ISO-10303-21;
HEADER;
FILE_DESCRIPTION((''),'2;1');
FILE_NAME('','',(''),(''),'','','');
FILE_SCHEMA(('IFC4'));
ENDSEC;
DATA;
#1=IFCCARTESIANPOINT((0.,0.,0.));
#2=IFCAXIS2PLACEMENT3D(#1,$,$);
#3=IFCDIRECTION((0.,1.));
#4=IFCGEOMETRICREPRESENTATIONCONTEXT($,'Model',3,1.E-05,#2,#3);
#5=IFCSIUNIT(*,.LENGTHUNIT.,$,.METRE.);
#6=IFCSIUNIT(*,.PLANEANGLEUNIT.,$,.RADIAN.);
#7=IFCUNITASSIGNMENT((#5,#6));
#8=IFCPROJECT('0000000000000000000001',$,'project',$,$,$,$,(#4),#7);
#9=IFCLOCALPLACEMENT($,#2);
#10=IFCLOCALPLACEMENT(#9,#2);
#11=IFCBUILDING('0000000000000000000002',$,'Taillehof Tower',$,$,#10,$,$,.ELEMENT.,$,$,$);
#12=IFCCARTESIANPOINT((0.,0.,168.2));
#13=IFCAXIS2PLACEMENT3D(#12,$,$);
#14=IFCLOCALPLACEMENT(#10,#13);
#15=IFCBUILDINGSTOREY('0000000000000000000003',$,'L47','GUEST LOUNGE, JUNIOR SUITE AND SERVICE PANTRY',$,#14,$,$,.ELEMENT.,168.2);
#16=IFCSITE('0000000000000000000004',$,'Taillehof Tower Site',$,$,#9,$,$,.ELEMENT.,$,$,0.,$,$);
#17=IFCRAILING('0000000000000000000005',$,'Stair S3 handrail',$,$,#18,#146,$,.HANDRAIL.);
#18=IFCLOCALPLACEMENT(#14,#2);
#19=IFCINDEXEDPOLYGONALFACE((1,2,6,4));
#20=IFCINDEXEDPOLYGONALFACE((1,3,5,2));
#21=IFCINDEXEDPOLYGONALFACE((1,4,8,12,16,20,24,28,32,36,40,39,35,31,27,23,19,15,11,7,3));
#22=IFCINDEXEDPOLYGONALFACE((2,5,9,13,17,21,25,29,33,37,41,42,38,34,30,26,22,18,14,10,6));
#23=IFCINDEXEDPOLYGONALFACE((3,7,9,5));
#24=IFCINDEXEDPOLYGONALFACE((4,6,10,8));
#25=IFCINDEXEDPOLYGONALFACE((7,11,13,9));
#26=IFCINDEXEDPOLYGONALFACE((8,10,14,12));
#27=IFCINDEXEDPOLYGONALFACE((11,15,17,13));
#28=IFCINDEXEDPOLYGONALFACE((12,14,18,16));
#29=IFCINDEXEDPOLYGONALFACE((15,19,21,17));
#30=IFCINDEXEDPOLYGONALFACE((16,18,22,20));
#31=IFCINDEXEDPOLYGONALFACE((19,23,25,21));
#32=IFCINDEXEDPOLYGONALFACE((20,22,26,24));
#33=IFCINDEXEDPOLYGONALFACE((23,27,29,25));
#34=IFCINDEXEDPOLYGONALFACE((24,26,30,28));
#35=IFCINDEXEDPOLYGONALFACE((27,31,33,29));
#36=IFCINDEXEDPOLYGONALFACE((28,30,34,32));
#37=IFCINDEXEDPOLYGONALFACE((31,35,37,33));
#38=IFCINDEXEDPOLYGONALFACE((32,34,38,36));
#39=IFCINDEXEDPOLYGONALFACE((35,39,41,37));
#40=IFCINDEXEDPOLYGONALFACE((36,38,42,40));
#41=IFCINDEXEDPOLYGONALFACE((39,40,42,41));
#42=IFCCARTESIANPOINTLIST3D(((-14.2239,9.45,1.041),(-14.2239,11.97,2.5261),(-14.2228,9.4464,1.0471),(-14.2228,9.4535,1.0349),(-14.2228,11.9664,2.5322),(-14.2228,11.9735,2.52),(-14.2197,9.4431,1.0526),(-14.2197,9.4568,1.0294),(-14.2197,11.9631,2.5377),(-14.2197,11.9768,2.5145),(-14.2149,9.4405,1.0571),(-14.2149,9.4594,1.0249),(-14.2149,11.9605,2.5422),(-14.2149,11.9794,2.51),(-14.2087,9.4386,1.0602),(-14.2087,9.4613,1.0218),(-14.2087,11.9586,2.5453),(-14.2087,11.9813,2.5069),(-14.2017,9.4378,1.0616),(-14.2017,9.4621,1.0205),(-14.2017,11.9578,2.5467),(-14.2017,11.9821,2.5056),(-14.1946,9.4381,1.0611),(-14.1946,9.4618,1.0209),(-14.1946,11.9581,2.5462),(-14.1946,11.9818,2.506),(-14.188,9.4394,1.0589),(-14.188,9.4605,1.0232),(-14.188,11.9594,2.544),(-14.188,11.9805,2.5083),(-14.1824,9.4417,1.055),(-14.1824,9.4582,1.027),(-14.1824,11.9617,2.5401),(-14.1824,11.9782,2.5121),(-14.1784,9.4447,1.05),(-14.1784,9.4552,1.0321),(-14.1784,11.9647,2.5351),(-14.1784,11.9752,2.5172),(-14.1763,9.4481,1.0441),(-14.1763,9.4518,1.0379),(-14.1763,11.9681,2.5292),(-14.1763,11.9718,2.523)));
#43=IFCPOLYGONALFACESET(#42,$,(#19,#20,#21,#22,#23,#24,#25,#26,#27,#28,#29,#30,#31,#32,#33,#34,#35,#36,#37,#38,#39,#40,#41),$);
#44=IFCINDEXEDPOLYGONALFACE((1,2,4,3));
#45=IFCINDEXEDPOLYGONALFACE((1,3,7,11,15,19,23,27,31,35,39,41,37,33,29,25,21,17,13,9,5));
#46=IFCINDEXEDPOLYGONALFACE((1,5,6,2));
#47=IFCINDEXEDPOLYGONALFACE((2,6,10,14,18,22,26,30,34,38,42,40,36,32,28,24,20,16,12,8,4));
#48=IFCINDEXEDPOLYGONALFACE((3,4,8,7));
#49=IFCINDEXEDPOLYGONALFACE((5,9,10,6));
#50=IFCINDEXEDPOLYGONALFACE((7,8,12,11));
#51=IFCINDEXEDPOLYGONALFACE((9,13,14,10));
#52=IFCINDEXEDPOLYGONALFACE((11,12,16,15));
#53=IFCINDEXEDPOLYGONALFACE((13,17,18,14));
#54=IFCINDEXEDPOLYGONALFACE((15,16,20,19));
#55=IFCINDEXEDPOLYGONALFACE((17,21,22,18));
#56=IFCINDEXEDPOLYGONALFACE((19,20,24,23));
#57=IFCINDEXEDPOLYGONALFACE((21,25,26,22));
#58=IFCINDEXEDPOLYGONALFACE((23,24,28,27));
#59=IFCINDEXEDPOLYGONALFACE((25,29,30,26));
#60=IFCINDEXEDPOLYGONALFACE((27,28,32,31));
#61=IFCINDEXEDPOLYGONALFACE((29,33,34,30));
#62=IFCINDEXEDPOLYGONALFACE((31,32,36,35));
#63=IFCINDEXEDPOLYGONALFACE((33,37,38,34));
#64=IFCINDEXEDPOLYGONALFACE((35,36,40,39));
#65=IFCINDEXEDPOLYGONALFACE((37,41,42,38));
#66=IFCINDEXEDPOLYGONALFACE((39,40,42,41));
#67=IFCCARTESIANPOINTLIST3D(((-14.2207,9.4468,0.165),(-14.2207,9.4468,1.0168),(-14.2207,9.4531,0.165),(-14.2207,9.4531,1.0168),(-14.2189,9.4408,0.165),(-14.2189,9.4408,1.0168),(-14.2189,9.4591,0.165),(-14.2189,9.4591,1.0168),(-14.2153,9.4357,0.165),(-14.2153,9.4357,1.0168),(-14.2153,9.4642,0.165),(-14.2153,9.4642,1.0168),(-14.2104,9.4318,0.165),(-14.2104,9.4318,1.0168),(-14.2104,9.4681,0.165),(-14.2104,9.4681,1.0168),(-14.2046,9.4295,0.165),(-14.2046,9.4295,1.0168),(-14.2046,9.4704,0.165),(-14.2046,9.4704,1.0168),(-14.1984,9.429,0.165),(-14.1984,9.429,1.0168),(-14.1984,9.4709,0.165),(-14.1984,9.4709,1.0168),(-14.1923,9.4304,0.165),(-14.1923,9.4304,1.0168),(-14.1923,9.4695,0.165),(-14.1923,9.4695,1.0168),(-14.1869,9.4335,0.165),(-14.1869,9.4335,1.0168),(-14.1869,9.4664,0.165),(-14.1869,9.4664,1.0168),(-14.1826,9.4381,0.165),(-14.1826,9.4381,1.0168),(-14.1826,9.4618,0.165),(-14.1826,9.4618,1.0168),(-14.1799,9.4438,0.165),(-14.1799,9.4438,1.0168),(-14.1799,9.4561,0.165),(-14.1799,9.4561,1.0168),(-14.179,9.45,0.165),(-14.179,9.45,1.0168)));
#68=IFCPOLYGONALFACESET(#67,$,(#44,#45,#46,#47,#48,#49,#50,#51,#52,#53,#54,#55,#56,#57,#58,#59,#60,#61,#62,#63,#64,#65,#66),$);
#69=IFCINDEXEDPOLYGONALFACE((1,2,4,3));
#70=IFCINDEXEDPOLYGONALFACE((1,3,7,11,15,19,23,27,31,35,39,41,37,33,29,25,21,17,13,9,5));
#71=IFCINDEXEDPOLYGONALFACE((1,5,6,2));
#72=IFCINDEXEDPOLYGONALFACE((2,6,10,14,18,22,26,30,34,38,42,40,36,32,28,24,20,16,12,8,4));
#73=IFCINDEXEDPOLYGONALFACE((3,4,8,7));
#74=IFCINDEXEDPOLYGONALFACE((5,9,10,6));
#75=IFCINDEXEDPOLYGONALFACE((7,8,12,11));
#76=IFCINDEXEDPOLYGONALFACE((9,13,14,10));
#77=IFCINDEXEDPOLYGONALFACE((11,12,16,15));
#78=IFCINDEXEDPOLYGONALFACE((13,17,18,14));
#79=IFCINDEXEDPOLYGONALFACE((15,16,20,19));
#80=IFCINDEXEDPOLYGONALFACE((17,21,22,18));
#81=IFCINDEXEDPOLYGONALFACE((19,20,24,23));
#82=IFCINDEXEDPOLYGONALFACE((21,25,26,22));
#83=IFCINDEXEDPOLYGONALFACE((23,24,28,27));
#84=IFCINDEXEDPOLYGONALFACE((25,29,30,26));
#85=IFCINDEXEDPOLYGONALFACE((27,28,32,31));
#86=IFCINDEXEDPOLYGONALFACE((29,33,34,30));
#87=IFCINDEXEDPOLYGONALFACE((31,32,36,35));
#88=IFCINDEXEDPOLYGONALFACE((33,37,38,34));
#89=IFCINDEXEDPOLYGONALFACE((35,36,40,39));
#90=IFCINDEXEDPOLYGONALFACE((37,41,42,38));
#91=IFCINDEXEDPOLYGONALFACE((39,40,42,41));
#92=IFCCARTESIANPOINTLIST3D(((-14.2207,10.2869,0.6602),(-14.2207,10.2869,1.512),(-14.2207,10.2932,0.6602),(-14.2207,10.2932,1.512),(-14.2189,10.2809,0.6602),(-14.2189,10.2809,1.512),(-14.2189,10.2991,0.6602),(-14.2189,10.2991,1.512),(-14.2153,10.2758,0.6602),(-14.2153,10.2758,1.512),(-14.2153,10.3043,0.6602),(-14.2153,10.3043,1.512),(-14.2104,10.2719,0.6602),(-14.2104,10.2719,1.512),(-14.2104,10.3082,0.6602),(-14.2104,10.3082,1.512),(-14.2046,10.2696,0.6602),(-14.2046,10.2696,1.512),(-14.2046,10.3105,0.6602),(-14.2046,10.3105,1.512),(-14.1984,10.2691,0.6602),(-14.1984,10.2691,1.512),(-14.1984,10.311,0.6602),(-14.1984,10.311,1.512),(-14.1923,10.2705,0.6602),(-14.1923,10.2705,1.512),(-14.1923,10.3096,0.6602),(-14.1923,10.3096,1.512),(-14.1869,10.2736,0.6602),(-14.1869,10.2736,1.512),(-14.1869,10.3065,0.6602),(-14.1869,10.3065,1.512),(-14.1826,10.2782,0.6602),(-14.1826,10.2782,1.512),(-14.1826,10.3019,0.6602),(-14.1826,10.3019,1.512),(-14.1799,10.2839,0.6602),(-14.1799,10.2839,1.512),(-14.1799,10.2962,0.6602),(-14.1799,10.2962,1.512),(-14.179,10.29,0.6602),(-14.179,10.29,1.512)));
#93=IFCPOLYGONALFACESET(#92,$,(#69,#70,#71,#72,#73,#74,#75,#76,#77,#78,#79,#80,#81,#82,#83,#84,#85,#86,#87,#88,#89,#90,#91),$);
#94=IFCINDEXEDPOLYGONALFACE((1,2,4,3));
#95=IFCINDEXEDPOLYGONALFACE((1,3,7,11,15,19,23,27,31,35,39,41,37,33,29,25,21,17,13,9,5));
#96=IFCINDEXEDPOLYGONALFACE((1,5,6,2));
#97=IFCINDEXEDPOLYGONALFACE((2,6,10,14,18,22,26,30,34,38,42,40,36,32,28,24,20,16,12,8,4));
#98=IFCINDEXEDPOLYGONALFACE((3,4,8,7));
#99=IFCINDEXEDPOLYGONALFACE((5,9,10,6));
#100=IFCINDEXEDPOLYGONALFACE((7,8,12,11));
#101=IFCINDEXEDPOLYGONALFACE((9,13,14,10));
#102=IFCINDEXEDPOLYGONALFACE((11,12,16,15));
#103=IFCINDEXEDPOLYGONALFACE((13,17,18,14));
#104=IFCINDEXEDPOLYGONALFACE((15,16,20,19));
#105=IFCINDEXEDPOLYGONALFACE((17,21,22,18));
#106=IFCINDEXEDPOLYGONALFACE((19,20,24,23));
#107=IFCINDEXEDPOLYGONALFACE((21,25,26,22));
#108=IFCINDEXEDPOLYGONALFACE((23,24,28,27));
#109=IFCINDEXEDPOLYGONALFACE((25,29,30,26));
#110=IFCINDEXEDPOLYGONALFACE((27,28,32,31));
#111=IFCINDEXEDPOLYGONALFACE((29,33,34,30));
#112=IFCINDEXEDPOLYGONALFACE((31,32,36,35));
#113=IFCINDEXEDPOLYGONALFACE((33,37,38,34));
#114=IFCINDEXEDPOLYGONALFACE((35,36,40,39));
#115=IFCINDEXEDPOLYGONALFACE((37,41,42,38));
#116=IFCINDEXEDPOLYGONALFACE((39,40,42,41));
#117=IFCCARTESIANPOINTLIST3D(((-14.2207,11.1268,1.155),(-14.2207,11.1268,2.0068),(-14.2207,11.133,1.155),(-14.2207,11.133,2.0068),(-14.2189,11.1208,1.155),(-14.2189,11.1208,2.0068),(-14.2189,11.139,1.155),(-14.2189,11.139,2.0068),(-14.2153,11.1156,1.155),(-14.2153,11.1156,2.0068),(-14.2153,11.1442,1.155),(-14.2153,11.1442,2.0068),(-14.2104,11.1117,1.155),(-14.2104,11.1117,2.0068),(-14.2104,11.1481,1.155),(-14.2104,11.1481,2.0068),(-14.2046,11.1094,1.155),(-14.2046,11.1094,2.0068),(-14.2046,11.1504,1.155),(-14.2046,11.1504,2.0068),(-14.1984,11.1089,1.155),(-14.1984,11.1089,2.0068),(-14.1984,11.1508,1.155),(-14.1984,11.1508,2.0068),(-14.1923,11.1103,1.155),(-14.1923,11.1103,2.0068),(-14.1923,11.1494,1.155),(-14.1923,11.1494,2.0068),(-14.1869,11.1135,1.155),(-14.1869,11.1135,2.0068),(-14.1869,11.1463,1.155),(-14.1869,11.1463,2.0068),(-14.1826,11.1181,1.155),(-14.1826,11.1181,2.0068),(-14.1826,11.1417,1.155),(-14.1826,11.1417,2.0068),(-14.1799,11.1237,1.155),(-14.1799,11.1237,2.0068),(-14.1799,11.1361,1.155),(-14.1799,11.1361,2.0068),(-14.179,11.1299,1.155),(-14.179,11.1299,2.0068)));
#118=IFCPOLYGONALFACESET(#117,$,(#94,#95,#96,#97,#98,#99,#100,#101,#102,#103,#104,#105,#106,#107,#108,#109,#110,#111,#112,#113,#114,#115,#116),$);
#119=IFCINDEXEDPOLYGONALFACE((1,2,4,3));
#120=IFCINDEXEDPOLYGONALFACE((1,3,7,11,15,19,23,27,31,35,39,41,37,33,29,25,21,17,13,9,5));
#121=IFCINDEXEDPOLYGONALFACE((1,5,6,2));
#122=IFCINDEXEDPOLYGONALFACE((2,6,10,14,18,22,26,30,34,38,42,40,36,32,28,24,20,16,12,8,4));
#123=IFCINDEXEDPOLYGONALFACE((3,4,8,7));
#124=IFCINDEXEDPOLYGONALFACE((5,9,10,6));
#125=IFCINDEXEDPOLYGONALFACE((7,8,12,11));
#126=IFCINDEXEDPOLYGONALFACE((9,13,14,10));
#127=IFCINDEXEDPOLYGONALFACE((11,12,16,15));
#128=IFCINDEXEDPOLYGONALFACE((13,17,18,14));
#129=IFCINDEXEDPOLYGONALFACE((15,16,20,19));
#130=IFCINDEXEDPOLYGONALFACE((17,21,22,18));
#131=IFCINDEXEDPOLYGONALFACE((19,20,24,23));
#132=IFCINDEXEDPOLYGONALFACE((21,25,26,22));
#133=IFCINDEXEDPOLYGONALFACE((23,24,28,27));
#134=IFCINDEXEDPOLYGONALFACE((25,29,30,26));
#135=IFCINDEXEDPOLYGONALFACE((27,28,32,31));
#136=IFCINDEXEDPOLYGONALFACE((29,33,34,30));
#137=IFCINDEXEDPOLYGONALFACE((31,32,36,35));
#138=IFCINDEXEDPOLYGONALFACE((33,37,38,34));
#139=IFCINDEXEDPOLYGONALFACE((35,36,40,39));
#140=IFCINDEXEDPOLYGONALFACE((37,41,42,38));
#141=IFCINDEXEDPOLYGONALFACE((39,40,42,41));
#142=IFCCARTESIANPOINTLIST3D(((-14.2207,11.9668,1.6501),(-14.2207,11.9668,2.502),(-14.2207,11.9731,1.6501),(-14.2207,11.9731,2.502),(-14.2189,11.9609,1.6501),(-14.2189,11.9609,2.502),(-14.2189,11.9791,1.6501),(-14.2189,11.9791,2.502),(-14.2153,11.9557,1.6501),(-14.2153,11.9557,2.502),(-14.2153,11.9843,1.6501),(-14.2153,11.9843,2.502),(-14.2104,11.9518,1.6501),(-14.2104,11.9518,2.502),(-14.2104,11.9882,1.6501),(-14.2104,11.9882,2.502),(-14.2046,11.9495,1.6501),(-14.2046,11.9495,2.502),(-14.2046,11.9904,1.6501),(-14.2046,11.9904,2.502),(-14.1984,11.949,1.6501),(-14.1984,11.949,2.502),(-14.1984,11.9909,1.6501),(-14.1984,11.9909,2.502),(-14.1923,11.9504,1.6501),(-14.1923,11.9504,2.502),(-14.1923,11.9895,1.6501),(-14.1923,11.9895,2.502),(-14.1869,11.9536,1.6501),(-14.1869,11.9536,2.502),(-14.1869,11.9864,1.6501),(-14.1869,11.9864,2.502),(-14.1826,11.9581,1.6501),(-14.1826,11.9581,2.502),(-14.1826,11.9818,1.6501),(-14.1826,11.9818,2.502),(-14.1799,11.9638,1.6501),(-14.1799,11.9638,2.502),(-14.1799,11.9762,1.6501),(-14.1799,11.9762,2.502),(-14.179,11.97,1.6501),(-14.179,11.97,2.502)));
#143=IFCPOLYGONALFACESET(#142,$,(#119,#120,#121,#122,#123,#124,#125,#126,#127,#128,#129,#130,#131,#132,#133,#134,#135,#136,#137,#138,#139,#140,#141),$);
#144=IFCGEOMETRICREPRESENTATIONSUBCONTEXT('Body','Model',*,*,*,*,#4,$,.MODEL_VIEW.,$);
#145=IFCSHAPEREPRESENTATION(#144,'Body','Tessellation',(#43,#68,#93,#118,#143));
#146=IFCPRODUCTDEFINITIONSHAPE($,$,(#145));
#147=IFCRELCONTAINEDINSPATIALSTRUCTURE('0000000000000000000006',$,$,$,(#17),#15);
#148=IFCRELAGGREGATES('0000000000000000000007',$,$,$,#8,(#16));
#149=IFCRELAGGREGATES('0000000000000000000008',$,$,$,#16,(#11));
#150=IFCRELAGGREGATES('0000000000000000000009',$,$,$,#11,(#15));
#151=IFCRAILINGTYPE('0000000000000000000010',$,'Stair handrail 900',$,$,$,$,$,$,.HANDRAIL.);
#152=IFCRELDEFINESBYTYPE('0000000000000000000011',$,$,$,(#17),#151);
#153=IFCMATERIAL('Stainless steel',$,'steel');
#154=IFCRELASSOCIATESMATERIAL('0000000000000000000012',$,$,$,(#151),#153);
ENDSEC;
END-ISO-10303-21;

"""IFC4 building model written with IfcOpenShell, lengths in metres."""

from ifc_helpers import new_model, si_unit, direction, frame, origin, origin_2d, place, context, subcontext, project, spatial, circle, extrude, material, type_object, element, save


model = new_model("IFC4")

# Units and contexts
model_context = context("Model", 3, precision=1e-05, world=origin(), true_north=direction((0.0, 1.0)))
body_context = subcontext(model_context, "Body", "Model", "MODEL_VIEW")
ifc_project = project(units=[si_unit("LENGTHUNIT", "METRE"), si_unit("PLANEANGLEUNIT", "RADIAN")], contexts=[model_context])

# Site, building, storey
site_placement = place(None, origin())
site = spatial("IfcSite", under=ifc_project, at=site_placement, Name="Taillehof Tower Site", CompositionType="ELEMENT", RefElevation=0.0)
building_placement = place(site_placement, origin())
building = spatial("IfcBuilding", under=site, at=building_placement, Name="Taillehof Tower", CompositionType="ELEMENT")
storey_placement = place(building_placement, frame((0.0, 0.0, 168.2)))
storey = spatial("IfcBuildingStorey", under=building, at=storey_placement, Name="L47", Description="GUEST LOUNGE, JUNIOR SUITE AND SERVICE PANTRY", CompositionType="ELEMENT", Elevation=168.2)

# Railing
ifc_material_1 = material(Name="Stainless steel", Category="steel")
railing_type = type_object("IfcRailingType", Name="Stair handrail 900", PredefinedType="HANDRAIL", material=ifc_material_1)
railing_placement = place(storey_placement, frame((-14.2, 9.45, 0.165)))
element("IfcRailing", 1, at=railing_placement, inside=storey, type_object=railing_type, Name="Stair S3 handrail", PredefinedType="HANDRAIL", context=body_context, shape_type="SweptSolid", body=[
    extrude(circle(Radius=0.0239, at=origin_2d()), frame((0.0, 0.0, 0.876), z_axis=(0.0, 0.861524, 0.507717), x_axis=(-1.0, 0.0, 0.0)), (0.0, 0.0, 1.0), 2.925),
    extrude(circle(Radius=0.021, at=origin_2d()), origin(), (0.0, 0.0, 1.0), 0.8518),
    extrude(circle(Radius=0.021, at=origin_2d()), frame((0.0, 0.8401, 0.4951)), (0.0, 0.0, 1.0), 0.8518),
    extrude(circle(Radius=0.021, at=origin_2d()), frame((0.0, 1.6799, 0.99)), (0.0, 0.0, 1.0), 0.8518),
    extrude(circle(Radius=0.021, at=origin_2d()), frame((0.0, 2.52, 1.4851)), (0.0, 0.0, 1.0), 0.8518),
])

save(model, "model.ifc")
